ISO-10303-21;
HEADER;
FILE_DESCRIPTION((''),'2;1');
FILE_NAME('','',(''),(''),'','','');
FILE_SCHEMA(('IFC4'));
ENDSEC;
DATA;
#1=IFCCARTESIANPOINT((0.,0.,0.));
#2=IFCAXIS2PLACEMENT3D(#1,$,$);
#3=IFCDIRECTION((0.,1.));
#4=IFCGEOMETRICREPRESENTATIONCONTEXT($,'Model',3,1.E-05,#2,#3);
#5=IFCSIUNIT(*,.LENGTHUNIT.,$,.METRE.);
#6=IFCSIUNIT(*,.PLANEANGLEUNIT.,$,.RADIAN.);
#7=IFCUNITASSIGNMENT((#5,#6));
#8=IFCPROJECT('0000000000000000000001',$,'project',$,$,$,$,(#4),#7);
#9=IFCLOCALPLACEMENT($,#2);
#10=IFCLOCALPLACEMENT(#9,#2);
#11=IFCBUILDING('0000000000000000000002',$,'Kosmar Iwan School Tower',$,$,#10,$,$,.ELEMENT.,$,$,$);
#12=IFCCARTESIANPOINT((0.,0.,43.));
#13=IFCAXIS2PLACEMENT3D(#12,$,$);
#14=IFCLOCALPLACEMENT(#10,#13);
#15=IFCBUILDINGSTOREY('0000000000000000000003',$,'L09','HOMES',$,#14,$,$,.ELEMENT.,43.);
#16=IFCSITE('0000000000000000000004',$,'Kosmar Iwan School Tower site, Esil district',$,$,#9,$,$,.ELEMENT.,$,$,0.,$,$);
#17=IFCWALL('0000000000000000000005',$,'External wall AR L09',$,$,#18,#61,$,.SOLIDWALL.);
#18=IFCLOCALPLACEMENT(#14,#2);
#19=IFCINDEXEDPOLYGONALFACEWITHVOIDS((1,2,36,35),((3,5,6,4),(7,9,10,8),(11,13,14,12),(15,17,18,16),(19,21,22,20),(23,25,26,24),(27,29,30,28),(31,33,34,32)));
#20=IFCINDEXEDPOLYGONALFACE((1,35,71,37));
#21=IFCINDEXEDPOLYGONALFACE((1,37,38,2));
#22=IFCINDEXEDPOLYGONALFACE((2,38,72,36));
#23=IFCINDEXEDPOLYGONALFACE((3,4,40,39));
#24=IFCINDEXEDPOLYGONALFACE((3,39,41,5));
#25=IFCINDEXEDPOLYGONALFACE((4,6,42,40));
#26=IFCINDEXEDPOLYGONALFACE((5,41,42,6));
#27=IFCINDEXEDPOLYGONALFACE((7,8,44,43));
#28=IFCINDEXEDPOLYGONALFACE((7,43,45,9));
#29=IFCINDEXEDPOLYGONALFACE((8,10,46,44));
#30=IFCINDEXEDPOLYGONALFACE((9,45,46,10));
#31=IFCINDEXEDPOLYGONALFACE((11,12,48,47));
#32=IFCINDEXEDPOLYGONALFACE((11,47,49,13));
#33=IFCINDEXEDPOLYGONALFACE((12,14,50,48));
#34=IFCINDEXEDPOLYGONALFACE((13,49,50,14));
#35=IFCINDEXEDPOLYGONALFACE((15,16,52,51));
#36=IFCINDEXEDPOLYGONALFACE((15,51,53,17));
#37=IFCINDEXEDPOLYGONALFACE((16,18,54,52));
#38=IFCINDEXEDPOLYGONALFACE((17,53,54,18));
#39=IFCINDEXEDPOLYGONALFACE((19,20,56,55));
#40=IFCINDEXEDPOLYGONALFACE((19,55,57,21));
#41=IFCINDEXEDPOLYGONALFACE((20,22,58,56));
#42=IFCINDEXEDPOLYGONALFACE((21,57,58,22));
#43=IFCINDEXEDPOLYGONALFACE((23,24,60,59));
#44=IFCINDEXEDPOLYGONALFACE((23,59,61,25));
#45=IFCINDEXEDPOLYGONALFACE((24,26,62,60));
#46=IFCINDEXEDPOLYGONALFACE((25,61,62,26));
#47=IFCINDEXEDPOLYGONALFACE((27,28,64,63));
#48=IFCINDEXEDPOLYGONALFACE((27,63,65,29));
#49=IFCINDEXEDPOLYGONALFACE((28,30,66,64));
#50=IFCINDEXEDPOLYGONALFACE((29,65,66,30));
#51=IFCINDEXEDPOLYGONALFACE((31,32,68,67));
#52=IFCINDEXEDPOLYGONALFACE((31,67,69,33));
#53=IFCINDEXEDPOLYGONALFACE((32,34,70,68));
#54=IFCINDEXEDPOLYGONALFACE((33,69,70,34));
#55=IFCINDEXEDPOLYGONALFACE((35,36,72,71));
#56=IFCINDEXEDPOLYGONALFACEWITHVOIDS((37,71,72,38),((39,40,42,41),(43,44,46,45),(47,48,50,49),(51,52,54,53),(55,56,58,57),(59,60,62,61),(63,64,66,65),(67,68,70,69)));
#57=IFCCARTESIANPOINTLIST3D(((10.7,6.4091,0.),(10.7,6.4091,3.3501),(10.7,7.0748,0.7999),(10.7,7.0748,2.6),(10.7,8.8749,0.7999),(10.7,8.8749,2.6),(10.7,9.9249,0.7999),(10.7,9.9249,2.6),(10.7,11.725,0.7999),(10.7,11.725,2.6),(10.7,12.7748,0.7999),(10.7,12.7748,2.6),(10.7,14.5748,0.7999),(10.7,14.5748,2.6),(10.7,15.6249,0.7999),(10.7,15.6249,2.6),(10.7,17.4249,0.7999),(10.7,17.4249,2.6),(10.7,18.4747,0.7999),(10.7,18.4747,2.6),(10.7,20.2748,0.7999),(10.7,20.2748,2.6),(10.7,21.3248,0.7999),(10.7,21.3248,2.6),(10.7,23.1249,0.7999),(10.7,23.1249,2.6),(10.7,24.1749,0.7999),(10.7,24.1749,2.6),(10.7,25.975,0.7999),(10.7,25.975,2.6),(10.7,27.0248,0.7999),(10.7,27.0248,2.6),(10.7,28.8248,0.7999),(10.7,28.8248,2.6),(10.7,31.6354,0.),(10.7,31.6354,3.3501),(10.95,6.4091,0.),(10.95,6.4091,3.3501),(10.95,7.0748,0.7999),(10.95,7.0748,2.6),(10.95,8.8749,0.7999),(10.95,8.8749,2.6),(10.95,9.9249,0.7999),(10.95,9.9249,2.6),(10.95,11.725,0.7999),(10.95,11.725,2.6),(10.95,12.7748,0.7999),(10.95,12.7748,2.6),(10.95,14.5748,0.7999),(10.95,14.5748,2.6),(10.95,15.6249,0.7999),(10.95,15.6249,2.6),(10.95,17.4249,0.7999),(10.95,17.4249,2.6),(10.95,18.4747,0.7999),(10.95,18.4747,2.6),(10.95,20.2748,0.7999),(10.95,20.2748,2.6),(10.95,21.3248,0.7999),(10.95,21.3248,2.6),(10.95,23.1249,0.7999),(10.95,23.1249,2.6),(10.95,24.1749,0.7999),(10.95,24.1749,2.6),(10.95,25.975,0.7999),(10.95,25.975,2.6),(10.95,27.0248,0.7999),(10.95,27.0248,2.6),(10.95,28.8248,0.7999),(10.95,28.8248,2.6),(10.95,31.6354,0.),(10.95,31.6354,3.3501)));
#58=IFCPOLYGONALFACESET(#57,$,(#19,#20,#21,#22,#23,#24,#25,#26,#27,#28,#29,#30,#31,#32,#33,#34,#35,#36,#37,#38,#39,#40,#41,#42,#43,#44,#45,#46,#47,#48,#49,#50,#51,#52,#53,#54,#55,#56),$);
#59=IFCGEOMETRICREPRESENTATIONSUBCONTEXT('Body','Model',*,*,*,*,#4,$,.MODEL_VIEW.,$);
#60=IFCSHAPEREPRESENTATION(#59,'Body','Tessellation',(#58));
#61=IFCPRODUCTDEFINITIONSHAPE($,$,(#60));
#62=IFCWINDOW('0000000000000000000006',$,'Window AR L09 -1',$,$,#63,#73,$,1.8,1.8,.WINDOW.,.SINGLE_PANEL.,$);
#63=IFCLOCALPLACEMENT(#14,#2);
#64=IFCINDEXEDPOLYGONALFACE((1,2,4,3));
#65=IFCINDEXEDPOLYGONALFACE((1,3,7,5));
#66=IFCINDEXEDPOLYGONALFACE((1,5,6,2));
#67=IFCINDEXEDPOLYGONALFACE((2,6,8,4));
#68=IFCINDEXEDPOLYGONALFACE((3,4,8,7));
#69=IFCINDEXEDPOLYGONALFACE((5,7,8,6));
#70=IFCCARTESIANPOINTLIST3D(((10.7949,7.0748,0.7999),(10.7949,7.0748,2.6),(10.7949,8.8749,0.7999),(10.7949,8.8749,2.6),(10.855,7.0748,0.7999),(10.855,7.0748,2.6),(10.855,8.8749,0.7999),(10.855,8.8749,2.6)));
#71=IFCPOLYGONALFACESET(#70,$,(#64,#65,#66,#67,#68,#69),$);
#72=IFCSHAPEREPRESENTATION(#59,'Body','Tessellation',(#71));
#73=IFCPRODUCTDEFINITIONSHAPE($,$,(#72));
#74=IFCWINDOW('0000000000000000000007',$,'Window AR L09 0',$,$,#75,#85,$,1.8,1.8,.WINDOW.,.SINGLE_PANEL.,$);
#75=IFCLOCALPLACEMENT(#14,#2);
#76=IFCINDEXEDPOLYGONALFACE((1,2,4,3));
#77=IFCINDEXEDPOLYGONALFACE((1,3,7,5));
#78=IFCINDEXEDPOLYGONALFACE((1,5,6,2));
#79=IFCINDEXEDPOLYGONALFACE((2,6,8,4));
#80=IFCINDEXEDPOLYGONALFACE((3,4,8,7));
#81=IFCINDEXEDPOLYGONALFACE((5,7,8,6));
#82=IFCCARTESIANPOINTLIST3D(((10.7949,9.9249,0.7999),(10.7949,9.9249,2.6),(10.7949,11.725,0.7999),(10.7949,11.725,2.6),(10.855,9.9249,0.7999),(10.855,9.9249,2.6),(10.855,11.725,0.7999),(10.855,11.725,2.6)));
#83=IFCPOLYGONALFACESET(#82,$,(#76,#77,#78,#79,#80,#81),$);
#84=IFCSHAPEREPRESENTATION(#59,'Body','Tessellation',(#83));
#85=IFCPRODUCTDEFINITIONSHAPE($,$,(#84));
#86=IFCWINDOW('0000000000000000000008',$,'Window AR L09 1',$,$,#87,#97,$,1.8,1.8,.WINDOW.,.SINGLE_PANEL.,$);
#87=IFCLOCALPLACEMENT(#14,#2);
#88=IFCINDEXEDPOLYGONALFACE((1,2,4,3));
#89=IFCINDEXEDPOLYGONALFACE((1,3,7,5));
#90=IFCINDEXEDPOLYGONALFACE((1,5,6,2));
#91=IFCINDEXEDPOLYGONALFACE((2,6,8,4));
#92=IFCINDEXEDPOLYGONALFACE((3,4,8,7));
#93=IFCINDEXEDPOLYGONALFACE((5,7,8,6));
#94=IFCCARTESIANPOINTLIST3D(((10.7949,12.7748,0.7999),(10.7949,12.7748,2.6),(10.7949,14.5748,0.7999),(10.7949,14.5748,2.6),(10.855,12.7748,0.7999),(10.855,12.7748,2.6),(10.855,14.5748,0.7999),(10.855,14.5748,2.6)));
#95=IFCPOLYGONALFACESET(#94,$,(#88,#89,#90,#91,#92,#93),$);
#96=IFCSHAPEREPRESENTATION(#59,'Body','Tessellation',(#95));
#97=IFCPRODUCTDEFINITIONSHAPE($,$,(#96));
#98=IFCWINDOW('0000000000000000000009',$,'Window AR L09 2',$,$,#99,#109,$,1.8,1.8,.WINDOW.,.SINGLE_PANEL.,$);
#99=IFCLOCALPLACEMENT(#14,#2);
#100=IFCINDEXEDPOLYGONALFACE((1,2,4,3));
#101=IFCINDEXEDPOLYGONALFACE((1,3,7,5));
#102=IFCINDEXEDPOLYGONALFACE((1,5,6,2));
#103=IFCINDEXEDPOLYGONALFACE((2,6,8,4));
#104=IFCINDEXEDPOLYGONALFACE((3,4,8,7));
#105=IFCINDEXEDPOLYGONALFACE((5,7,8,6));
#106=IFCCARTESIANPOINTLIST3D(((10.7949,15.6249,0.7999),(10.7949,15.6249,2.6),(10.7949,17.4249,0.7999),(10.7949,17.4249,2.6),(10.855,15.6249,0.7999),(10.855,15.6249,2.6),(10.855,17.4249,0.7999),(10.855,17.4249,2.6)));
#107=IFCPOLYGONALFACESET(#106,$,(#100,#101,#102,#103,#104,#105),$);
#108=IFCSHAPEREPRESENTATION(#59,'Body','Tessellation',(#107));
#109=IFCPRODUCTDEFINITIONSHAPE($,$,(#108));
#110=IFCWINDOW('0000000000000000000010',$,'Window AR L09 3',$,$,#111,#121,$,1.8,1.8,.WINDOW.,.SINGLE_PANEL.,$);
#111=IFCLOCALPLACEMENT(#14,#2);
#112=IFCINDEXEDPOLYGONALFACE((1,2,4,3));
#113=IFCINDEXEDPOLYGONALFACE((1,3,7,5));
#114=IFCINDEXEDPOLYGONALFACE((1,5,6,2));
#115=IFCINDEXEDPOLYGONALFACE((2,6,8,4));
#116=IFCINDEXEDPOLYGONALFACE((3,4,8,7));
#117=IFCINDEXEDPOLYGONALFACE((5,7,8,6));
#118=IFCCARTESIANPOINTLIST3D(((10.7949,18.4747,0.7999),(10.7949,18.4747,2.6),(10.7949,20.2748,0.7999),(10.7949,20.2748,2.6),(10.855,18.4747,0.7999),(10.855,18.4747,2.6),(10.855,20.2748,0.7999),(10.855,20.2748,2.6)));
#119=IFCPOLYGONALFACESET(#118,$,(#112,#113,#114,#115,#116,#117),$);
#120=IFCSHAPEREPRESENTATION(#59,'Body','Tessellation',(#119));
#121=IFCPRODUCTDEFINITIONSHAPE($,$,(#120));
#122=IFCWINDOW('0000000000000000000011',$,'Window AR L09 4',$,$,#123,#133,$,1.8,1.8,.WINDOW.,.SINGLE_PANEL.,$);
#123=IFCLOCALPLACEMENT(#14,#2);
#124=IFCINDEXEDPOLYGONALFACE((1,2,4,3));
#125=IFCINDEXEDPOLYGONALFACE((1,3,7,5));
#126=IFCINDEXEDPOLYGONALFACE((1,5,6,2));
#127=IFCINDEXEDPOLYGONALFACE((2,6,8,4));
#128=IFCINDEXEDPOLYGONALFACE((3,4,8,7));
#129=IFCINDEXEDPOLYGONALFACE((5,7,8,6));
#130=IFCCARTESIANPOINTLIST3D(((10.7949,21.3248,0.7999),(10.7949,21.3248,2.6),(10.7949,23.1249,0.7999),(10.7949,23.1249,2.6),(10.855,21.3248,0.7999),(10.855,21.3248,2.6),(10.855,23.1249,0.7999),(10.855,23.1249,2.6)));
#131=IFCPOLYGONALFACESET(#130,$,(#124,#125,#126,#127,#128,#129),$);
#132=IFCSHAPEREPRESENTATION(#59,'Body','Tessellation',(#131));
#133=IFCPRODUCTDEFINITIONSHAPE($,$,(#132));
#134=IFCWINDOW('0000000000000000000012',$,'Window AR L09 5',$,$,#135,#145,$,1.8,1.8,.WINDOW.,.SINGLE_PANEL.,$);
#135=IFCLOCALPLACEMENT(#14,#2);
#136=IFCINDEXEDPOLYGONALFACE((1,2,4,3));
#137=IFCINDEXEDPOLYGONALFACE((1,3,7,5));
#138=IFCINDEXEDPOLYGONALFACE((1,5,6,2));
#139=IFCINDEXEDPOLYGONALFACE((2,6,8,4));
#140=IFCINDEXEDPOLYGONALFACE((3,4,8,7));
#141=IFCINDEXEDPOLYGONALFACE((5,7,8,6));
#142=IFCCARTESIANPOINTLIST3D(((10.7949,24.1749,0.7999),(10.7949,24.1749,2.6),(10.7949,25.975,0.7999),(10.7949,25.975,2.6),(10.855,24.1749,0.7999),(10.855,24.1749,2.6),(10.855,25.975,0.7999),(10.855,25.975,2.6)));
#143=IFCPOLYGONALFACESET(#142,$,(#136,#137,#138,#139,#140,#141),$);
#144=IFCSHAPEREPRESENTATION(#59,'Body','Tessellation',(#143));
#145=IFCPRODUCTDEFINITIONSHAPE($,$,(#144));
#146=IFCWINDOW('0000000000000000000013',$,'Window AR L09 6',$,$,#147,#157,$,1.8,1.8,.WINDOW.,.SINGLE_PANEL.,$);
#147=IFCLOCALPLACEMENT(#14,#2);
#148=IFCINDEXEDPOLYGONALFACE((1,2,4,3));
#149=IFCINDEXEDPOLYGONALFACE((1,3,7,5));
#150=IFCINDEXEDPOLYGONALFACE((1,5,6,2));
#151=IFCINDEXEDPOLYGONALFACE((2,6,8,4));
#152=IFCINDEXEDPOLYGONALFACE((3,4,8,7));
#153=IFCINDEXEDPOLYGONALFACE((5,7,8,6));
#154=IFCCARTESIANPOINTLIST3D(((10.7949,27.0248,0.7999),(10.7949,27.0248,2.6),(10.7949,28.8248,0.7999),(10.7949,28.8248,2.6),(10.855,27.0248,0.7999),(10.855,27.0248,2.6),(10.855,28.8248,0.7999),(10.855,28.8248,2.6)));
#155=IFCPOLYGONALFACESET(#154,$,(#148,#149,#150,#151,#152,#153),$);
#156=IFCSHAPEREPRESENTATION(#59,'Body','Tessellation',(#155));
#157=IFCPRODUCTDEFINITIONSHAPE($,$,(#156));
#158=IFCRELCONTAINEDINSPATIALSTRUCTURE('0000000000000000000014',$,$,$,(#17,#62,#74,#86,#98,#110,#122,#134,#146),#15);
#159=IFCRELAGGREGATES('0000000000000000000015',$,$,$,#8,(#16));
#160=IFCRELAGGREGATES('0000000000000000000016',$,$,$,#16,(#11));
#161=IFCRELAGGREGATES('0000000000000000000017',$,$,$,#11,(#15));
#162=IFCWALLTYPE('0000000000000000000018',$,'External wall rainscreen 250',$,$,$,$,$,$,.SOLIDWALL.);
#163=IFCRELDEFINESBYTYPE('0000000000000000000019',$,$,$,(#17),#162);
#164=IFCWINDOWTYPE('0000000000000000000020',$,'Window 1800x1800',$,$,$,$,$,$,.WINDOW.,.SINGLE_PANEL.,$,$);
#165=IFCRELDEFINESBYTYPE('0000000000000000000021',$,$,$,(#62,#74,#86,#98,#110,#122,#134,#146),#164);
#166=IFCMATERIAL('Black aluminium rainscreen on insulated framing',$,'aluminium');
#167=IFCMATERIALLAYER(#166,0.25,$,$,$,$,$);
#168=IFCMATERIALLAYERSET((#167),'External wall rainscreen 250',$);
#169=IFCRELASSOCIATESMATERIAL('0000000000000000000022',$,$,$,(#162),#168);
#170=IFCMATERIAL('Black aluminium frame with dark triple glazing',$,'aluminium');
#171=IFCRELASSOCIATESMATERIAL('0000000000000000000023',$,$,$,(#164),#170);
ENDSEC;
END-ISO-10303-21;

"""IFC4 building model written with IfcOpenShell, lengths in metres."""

from ifc_helpers import new_model, si_unit, direction, frame, frame_2d, origin, place, context, subcontext, project, spatial, rectangle, extrude, material, layer, layer_set, type_object, element, fill, save


model = new_model("IFC4")

# Units and contexts
model_context = context("Model", 3, precision=1e-05, world=origin(), true_north=direction((0.0, 1.0)))
body_context = subcontext(model_context, "Body", "Model", "MODEL_VIEW")
ifc_project = project(units=[si_unit("LENGTHUNIT", "METRE"), si_unit("PLANEANGLEUNIT", "RADIAN")], contexts=[model_context])

# Site, building, storey
site_placement = place(None, origin())
site = spatial("IfcSite", under=ifc_project, at=site_placement, Name="Kosmar Iwan School Tower site, Esil district", CompositionType="ELEMENT", RefElevation=0.0)
building_placement = place(site_placement, origin())
building = spatial("IfcBuilding", under=site, at=building_placement, Name="Kosmar Iwan School Tower", CompositionType="ELEMENT")
storey_placement = place(building_placement, frame((0.0, 0.0, 43.0)))
storey = spatial("IfcBuildingStorey", under=building, at=storey_placement, Name="L09", Description="HOMES", CompositionType="ELEMENT", Elevation=43.0)

# Wall, openings, windows
ifc_material_1 = material(Name="Black aluminium rainscreen on insulated framing", Category="aluminium")
ifc_layer = layer(ifc_material_1, 0.25)
ifc_layer_set = layer_set([ifc_layer], Name="External wall rainscreen 250")
wall_type = type_object("IfcWallType", Name="External wall rainscreen 250", PredefinedType="SOLIDWALL", material=ifc_layer_set)
ifc_material_2 = material(Name="Black aluminium frame with dark triple glazing", Category="aluminium")
window_type = type_object("IfcWindowType", Name="Window 1800x1800", PartitioningType="SINGLE_PANEL", PredefinedType="WINDOW", material=ifc_material_2)
wall_1_placement = place(storey_placement, frame((10.825, 6.4089, 0.0), z_axis=(0.0, 0.0, 1.0), x_axis=(0.0, 1.0, 0.0)))
wall_1 = element("IfcWall", 1, at=wall_1_placement, inside=storey, type_object=wall_type, Name="External wall AR L09", PredefinedType="SOLIDWALL", context=body_context, shape_type="SweptSolid", body=[
    extrude(rectangle(XDim=25.2263, YDim=0.25, at=frame_2d((12.6133, 0.0))), origin(), (0.0, 0.0, 1.0), 3.3501),
])
opening_1_placement = place(wall_1_placement, frame((0.666, 0.0, 0.8)))
opening_1 = element("IfcOpeningElement", 2, at=opening_1_placement, cuts=wall_1, PredefinedType="OPENING", context=body_context, shape_type="SweptSolid", body=[
    extrude(rectangle(XDim=1.8, YDim=1.8, at=frame_2d((0.8999, 0.8999))), frame((0.0, 0.137, 0.0), z_axis=(0.0, -1.0, 0.0), x_axis=(1.0, 0.0, 0.0)), (0.0, 0.0, 1.0), 0.2739),
])
opening_2_placement = place(wall_1_placement, frame((3.5161, 0.0, 0.8)))
opening_2 = element("IfcOpeningElement", 3, at=opening_2_placement, cuts=wall_1, PredefinedType="OPENING", context=body_context, shape_type="SweptSolid", body=[
    extrude(rectangle(XDim=1.8, YDim=1.8, at=frame_2d((0.8999, 0.8999))), frame((0.0, 0.137, 0.0), z_axis=(0.0, -1.0, 0.0), x_axis=(1.0, 0.0, 0.0)), (0.0, 0.0, 1.0), 0.2739),
])
opening_3_placement = place(wall_1_placement, frame((6.366, 0.0, 0.8)))
opening_3 = element("IfcOpeningElement", 4, at=opening_3_placement, cuts=wall_1, PredefinedType="OPENING", context=body_context, shape_type="SweptSolid", body=[
    extrude(rectangle(XDim=1.8, YDim=1.8, at=frame_2d((0.8999, 0.8999))), frame((0.0, 0.137, 0.0), z_axis=(0.0, -1.0, 0.0), x_axis=(1.0, 0.0, 0.0)), (0.0, 0.0, 1.0), 0.2739),
])
opening_4_placement = place(wall_1_placement, frame((9.2161, 0.0, 0.8)))
opening_4 = element("IfcOpeningElement", 5, at=opening_4_placement, cuts=wall_1, PredefinedType="OPENING", context=body_context, shape_type="SweptSolid", body=[
    extrude(rectangle(XDim=1.8, YDim=1.8, at=frame_2d((0.8999, 0.8999))), frame((0.0, 0.137, 0.0), z_axis=(0.0, -1.0, 0.0), x_axis=(1.0, 0.0, 0.0)), (0.0, 0.0, 1.0), 0.2739),
])
opening_5_placement = place(wall_1_placement, frame((12.0659, 0.0, 0.8)))
opening_5 = element("IfcOpeningElement", 6, at=opening_5_placement, cuts=wall_1, PredefinedType="OPENING", context=body_context, shape_type="SweptSolid", body=[
    extrude(rectangle(XDim=1.8, YDim=1.8, at=frame_2d((0.8999, 0.8999))), frame((0.0, 0.137, 0.0), z_axis=(0.0, -1.0, 0.0), x_axis=(1.0, 0.0, 0.0)), (0.0, 0.0, 1.0), 0.2739),
])
opening_6_placement = place(wall_1_placement, frame((14.916, 0.0, 0.8)))
opening_6 = element("IfcOpeningElement", 7, at=opening_6_placement, cuts=wall_1, PredefinedType="OPENING", context=body_context, shape_type="SweptSolid", body=[
    extrude(rectangle(XDim=1.8, YDim=1.8, at=frame_2d((0.8999, 0.8999))), frame((0.0, 0.137, 0.0), z_axis=(0.0, -1.0, 0.0), x_axis=(1.0, 0.0, 0.0)), (0.0, 0.0, 1.0), 0.2739),
])
opening_7_placement = place(wall_1_placement, frame((17.7661, 0.0, 0.8)))
opening_7 = element("IfcOpeningElement", 8, at=opening_7_placement, cuts=wall_1, PredefinedType="OPENING", context=body_context, shape_type="SweptSolid", body=[
    extrude(rectangle(XDim=1.8, YDim=1.8, at=frame_2d((0.8999, 0.8999))), frame((0.0, 0.137, 0.0), z_axis=(0.0, -1.0, 0.0), x_axis=(1.0, 0.0, 0.0)), (0.0, 0.0, 1.0), 0.2739),
])
opening_8_placement = place(wall_1_placement, frame((20.616, 0.0, 0.8)))
opening_8 = element("IfcOpeningElement", 9, at=opening_8_placement, cuts=wall_1, PredefinedType="OPENING", context=body_context, shape_type="SweptSolid", body=[
    extrude(rectangle(XDim=1.8, YDim=1.8, at=frame_2d((0.8999, 0.8999))), frame((0.0, 0.137, 0.0), z_axis=(0.0, -1.0, 0.0), x_axis=(1.0, 0.0, 0.0)), (0.0, 0.0, 1.0), 0.2739),
])
window_1_placement = place(opening_1_placement, origin())
window_1 = element("IfcWindow", 10, at=window_1_placement, inside=storey, type_object=window_type, Name="Window AR L09 -1", OverallHeight=1.8, OverallWidth=1.8, PartitioningType="SINGLE_PANEL", PredefinedType="WINDOW", context=body_context, shape_type="SweptSolid", body=[
    extrude(rectangle(XDim=1.8, YDim=1.8, at=frame_2d((0.8999, 0.8999))), frame((0.0, 0.03, 0.0), z_axis=(0.0, -1.0, 0.0), x_axis=(1.0, 0.0, 0.0)), (0.0, 0.0, 1.0), 0.0601),
])
fill(opening_1, window_1)
window_2_placement = place(opening_2_placement, origin())
window_2 = element("IfcWindow", 11, at=window_2_placement, inside=storey, type_object=window_type, Name="Window AR L09 0", OverallHeight=1.8, OverallWidth=1.8, PartitioningType="SINGLE_PANEL", PredefinedType="WINDOW", context=body_context, shape_type="SweptSolid", body=[
    extrude(rectangle(XDim=1.8, YDim=1.8, at=frame_2d((0.8999, 0.8999))), frame((0.0, 0.03, 0.0), z_axis=(0.0, -1.0, 0.0), x_axis=(1.0, 0.0, 0.0)), (0.0, 0.0, 1.0), 0.0601),
])
fill(opening_2, window_2)
window_3_placement = place(opening_3_placement, origin())
window_3 = element("IfcWindow", 12, at=window_3_placement, inside=storey, type_object=window_type, Name="Window AR L09 1", OverallHeight=1.8, OverallWidth=1.8, PartitioningType="SINGLE_PANEL", PredefinedType="WINDOW", context=body_context, shape_type="SweptSolid", body=[
    extrude(rectangle(XDim=1.8, YDim=1.8, at=frame_2d((0.8999, 0.8999))), frame((0.0, 0.03, 0.0), z_axis=(0.0, -1.0, 0.0), x_axis=(1.0, 0.0, 0.0)), (0.0, 0.0, 1.0), 0.0601),
])
fill(opening_3, window_3)
window_4_placement = place(opening_4_placement, origin())
window_4 = element("IfcWindow", 13, at=window_4_placement, inside=storey, type_object=window_type, Name="Window AR L09 2", OverallHeight=1.8, OverallWidth=1.8, PartitioningType="SINGLE_PANEL", PredefinedType="WINDOW", context=body_context, shape_type="SweptSolid", body=[
    extrude(rectangle(XDim=1.8, YDim=1.8, at=frame_2d((0.8999, 0.8999))), frame((0.0, 0.03, 0.0), z_axis=(0.0, -1.0, 0.0), x_axis=(1.0, 0.0, 0.0)), (0.0, 0.0, 1.0), 0.0601),
])
fill(opening_4, window_4)
window_5_placement = place(opening_5_placement, origin())
window_5 = element("IfcWindow", 14, at=window_5_placement, inside=storey, type_object=window_type, Name="Window AR L09 3", OverallHeight=1.8, OverallWidth=1.8, PartitioningType="SINGLE_PANEL", PredefinedType="WINDOW", context=body_context, shape_type="SweptSolid", body=[
    extrude(rectangle(XDim=1.8, YDim=1.8, at=frame_2d((0.8999, 0.8999))), frame((0.0, 0.03, 0.0), z_axis=(0.0, -1.0, 0.0), x_axis=(1.0, 0.0, 0.0)), (0.0, 0.0, 1.0), 0.0601),
])
fill(opening_5, window_5)
window_6_placement = place(opening_6_placement, origin())
window_6 = element("IfcWindow", 15, at=window_6_placement, inside=storey, type_object=window_type, Name="Window AR L09 4", OverallHeight=1.8, OverallWidth=1.8, PartitioningType="SINGLE_PANEL", PredefinedType="WINDOW", context=body_context, shape_type="SweptSolid", body=[
    extrude(rectangle(XDim=1.8, YDim=1.8, at=frame_2d((0.8999, 0.8999))), frame((0.0, 0.03, 0.0), z_axis=(0.0, -1.0, 0.0), x_axis=(1.0, 0.0, 0.0)), (0.0, 0.0, 1.0), 0.0601),
])
fill(opening_6, window_6)
window_7_placement = place(opening_7_placement, origin())
window_7 = element("IfcWindow", 16, at=window_7_placement, inside=storey, type_object=window_type, Name="Window AR L09 5", OverallHeight=1.8, OverallWidth=1.8, PartitioningType="SINGLE_PANEL", PredefinedType="WINDOW", context=body_context, shape_type="SweptSolid", body=[
    extrude(rectangle(XDim=1.8, YDim=1.8, at=frame_2d((0.8999, 0.8999))), frame((0.0, 0.03, 0.0), z_axis=(0.0, -1.0, 0.0), x_axis=(1.0, 0.0, 0.0)), (0.0, 0.0, 1.0), 0.0601),
])
fill(opening_7, window_7)
window_8_placement = place(opening_8_placement, origin())
window_8 = element("IfcWindow", 17, at=window_8_placement, inside=storey, type_object=window_type, Name="Window AR L09 6", OverallHeight=1.8, OverallWidth=1.8, PartitioningType="SINGLE_PANEL", PredefinedType="WINDOW", context=body_context, shape_type="SweptSolid", body=[
    extrude(rectangle(XDim=1.8, YDim=1.8, at=frame_2d((0.8999, 0.8999))), frame((0.0, 0.03, 0.0), z_axis=(0.0, -1.0, 0.0), x_axis=(1.0, 0.0, 0.0)), (0.0, 0.0, 1.0), 0.0601),
])
fill(opening_8, window_8)

save(model, "model.ifc")
